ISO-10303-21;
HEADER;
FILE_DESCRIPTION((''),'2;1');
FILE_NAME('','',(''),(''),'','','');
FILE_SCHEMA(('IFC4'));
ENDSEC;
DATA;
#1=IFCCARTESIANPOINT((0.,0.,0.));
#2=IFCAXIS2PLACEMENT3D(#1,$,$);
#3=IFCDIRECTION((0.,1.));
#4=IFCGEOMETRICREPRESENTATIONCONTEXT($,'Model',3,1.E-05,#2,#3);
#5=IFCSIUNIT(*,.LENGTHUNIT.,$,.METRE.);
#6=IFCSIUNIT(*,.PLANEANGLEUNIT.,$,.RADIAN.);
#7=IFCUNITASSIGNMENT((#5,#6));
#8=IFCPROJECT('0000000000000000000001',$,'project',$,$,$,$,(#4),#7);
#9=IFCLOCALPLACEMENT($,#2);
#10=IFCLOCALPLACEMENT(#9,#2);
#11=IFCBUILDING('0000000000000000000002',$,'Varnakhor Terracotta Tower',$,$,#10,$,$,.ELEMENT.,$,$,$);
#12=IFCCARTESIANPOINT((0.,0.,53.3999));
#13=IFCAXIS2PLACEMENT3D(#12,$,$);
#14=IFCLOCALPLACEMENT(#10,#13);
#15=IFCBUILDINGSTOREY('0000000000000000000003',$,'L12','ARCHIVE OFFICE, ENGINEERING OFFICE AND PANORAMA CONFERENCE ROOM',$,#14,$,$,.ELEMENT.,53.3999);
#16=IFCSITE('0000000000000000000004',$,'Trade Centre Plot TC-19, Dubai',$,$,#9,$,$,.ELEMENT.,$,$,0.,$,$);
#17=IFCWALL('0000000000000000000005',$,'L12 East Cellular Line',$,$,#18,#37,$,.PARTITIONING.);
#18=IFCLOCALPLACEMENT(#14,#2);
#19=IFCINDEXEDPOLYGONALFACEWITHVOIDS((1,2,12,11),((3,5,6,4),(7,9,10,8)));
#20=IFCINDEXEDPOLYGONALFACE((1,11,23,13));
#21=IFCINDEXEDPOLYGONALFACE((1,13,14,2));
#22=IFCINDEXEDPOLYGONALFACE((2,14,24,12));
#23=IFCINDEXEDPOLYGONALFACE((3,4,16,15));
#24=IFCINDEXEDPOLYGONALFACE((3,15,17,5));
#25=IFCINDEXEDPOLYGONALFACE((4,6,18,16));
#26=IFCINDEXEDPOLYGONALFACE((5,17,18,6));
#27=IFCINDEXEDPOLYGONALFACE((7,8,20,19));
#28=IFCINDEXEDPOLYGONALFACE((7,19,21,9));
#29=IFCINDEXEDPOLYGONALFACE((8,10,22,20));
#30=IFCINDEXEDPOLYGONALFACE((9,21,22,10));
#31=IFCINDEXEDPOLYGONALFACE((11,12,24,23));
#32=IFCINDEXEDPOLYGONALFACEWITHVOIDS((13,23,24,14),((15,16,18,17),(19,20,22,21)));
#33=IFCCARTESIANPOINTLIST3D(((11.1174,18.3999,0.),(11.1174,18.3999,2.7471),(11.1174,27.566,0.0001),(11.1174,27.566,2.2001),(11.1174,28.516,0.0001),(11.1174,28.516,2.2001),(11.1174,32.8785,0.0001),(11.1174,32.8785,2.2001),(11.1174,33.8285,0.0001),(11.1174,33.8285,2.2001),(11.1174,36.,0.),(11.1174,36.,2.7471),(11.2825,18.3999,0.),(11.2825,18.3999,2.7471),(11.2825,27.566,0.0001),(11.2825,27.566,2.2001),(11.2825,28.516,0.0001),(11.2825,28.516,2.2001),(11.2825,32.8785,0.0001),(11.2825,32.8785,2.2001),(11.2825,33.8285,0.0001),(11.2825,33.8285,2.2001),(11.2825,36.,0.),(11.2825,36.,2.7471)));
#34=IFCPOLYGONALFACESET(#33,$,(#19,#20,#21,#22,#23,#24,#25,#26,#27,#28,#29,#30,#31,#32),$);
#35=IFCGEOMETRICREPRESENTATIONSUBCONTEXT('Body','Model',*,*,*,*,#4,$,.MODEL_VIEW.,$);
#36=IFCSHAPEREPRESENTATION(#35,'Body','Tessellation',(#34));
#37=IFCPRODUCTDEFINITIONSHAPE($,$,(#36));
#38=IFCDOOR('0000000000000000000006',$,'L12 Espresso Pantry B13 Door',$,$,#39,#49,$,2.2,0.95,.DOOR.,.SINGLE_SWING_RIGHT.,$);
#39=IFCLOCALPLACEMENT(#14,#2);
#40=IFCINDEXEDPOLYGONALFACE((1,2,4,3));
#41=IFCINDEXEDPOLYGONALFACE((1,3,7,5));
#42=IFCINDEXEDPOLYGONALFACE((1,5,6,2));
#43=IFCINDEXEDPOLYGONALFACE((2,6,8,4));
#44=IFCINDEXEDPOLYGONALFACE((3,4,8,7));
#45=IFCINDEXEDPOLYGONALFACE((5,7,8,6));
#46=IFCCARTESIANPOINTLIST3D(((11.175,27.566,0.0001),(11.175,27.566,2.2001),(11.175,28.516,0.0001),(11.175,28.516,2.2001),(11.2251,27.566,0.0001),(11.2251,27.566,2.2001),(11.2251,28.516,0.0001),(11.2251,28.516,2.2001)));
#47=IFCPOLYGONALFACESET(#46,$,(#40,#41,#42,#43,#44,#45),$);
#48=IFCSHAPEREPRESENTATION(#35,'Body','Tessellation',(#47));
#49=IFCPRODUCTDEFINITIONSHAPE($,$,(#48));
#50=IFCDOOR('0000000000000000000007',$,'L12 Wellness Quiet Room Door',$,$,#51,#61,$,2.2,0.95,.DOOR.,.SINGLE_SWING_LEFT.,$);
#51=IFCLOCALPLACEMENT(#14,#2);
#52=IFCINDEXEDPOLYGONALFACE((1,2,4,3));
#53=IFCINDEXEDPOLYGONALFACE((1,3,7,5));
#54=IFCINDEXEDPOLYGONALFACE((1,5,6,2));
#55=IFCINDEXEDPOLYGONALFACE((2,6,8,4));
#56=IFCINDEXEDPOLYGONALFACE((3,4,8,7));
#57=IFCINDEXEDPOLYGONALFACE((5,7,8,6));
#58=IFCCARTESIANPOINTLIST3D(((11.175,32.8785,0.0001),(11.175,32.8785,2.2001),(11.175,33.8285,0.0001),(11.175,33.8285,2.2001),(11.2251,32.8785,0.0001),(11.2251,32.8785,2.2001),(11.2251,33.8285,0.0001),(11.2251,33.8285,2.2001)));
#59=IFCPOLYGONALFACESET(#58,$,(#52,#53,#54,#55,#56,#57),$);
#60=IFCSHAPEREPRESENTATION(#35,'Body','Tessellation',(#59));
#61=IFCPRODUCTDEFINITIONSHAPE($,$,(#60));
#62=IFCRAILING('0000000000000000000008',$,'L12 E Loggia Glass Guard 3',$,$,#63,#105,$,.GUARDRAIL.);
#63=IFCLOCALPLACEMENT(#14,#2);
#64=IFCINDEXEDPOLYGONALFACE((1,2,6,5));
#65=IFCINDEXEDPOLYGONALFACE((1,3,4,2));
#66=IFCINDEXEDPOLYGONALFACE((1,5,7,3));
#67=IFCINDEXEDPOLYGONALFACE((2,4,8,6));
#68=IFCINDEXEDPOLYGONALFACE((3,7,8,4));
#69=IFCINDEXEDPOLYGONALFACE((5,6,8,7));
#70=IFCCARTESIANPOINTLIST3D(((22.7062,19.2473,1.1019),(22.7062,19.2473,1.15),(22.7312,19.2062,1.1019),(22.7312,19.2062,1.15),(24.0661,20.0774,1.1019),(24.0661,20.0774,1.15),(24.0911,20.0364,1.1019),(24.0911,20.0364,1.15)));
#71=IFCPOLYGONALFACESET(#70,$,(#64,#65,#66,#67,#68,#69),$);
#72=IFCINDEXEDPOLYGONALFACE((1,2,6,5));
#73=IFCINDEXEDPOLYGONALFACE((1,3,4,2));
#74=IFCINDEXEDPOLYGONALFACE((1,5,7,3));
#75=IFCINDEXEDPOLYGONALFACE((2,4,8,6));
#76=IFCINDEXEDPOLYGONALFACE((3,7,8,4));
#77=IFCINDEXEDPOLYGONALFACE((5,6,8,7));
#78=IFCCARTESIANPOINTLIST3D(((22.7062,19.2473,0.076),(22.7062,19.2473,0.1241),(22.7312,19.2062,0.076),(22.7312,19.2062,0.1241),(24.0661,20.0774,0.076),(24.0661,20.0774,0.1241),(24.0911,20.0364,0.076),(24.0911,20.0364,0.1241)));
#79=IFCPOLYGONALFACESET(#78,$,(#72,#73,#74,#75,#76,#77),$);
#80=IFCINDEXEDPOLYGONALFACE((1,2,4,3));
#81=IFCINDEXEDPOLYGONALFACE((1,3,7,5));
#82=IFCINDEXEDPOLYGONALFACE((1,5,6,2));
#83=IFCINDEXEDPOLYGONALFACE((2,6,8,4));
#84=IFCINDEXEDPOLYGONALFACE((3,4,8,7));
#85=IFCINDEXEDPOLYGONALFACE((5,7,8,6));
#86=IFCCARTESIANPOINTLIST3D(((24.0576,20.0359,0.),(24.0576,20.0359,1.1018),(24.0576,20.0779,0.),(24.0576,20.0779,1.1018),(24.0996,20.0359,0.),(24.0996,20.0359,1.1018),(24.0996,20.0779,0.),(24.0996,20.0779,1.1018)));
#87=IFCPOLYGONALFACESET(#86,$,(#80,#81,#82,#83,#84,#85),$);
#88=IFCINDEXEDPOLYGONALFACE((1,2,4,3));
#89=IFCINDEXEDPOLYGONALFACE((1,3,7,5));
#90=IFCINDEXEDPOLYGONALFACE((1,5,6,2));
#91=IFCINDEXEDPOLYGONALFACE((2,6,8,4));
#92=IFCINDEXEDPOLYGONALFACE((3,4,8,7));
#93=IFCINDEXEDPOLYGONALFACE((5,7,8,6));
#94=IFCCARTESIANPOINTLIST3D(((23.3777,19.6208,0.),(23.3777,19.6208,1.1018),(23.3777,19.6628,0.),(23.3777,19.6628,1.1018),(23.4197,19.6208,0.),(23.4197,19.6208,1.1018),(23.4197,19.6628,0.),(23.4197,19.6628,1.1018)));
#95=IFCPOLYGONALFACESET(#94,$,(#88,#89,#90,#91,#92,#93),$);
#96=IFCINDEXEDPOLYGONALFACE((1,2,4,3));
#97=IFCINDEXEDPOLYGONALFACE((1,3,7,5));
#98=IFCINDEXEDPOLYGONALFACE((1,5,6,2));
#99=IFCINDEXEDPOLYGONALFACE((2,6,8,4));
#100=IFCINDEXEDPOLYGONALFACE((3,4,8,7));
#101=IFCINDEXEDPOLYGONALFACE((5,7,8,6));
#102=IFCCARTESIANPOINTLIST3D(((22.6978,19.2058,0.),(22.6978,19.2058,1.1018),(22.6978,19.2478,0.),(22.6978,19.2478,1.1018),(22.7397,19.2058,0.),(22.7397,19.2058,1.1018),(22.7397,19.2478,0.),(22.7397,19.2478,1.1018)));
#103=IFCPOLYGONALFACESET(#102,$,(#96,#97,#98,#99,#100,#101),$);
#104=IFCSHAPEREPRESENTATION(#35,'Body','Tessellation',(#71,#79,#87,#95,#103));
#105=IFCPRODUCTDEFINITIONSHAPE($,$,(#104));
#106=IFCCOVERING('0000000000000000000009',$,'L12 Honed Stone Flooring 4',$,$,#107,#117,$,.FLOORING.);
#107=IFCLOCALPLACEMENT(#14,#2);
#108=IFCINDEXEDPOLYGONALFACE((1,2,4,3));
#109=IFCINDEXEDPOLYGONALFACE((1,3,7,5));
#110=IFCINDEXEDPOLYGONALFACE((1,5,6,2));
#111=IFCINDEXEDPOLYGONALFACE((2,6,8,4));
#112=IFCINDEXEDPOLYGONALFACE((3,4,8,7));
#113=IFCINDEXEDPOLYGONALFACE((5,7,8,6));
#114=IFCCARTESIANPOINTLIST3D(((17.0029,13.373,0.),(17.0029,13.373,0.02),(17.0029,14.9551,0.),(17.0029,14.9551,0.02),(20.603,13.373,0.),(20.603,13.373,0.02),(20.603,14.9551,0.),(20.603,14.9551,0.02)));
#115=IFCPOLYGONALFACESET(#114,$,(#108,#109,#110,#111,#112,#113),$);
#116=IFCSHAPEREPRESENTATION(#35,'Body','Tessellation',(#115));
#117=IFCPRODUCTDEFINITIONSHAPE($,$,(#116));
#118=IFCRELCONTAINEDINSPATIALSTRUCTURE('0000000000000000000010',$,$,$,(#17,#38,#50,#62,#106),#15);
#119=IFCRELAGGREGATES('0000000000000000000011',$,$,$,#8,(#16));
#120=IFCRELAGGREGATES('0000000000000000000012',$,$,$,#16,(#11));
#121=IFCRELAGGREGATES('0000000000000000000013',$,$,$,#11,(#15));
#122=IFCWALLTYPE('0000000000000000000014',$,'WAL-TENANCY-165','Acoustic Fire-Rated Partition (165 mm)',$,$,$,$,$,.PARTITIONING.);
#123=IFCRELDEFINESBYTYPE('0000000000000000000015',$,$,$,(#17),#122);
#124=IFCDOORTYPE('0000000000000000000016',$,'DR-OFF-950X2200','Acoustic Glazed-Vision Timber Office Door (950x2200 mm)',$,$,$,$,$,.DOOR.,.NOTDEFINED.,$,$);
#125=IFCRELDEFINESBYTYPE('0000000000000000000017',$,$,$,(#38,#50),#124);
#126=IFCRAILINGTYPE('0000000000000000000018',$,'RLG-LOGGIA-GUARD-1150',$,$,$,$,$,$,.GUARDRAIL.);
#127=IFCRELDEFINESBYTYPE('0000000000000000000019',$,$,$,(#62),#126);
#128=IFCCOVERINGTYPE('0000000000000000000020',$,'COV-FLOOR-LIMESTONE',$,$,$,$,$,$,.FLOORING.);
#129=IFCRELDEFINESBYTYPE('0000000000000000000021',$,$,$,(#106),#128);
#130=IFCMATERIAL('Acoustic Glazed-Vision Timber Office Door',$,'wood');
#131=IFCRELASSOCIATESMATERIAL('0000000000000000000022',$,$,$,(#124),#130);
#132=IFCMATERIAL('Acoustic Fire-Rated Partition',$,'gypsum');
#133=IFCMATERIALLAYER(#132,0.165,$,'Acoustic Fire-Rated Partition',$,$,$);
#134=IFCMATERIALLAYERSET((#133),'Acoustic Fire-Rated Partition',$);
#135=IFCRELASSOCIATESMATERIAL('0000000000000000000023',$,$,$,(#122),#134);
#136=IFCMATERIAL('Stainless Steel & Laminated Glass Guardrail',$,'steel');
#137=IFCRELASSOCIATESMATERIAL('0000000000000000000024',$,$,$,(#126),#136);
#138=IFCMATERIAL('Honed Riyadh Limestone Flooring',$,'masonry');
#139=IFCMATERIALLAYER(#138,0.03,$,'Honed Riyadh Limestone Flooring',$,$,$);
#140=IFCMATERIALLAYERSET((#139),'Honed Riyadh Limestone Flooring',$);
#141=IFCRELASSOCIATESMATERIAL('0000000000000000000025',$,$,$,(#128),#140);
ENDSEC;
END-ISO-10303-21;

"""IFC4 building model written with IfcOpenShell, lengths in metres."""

from ifc_helpers import new_model, si_unit, direction, frame, frame_2d, origin, origin_2d, place, context, subcontext, project, spatial, rectangle, extrude, source, transform, mapped, material, layer, layer_set, type_object, type_shapes, element, fill, save


model = new_model("IFC4")

# Units and contexts
model_context = context("Model", 3, precision=1e-05, world=origin(), true_north=direction((0.0, 1.0)))
body_context = subcontext(model_context, "Body", "Model", "MODEL_VIEW")
ifc_project = project(units=[si_unit("LENGTHUNIT", "METRE"), si_unit("PLANEANGLEUNIT", "RADIAN")], contexts=[model_context])

# Site, building, storey
site_placement = place(None, origin())
site = spatial("IfcSite", under=ifc_project, at=site_placement, Name="Trade Centre Plot TC-19, Dubai", CompositionType="ELEMENT", RefElevation=0.0)
building_placement = place(site_placement, origin())
building = spatial("IfcBuilding", under=site, at=building_placement, Name="Varnakhor Terracotta Tower", CompositionType="ELEMENT")
storey_placement = place(building_placement, frame((0.0, 0.0, 53.3999)))
storey = spatial("IfcBuildingStorey", under=building, at=storey_placement, Name="L12", Description="ARCHIVE OFFICE, ENGINEERING OFFICE AND PANORAMA CONFERENCE ROOM", CompositionType="ELEMENT", Elevation=53.3999)

# Shared definitions
ifc_material_1 = material(Name="Acoustic Glazed-Vision Timber Office Door", Category="wood")
door_type = type_object("IfcDoorType", Name="DR-OFF-950X2200", Description="Acoustic Glazed-Vision Timber Office Door (950x2200 mm)", OperationType="NOTDEFINED", PredefinedType="DOOR", material=ifc_material_1)
shared_shape_1 = source(origin(), body_context, "Body", "SweptSolid", [
    extrude(rectangle(XDim=0.95, YDim=2.2, at=frame_2d((0.4751, 1.1001))), frame((0.0, 0.0249, 0.0), z_axis=(0.0, -1.0, 0.0), x_axis=(1.0, 0.0, 0.0)), (0.0, 0.0, 1.0), 0.05),
])
type_shapes(door_type, [shared_shape_1])

# Wall, openings, doors
ifc_material_2 = material(Name="Acoustic Fire-Rated Partition", Category="gypsum")
ifc_layer_1 = layer(ifc_material_2, 0.165, Name="Acoustic Fire-Rated Partition")
ifc_layer_set_1 = layer_set([ifc_layer_1], Name="Acoustic Fire-Rated Partition")
wall_type_1 = type_object("IfcWallType", Name="WAL-TENANCY-165", Description="Acoustic Fire-Rated Partition (165 mm)", PredefinedType="PARTITIONING", material=ifc_layer_set_1)
wall_1_placement = place(storey_placement, frame((11.2, 18.3999, 0.0), z_axis=(0.0, 0.0, 1.0), x_axis=(0.0, 1.0, 0.0)))
wall_1 = element("IfcWall", 1, at=wall_1_placement, inside=storey, type_object=wall_type_1, Name="L12 East Cellular Line", PredefinedType="PARTITIONING", context=body_context, shape_type="SweptSolid", body=[
    extrude(rectangle(XDim=17.6001, YDim=0.165, at=frame_2d((8.8, 0.0))), origin(), (0.0, 0.0, 1.0), 2.7471),
])
opening_1_placement = place(wall_1_placement, frame((9.166, 0.0, 0.0)))
opening_1 = element("IfcOpeningElement", 2, at=opening_1_placement, cuts=wall_1, PredefinedType="OPENING", context=body_context, shape_type="SweptSolid", body=[
    extrude(rectangle(XDim=0.95, YDim=2.2, at=frame_2d((0.4751, 1.1001))), frame((0.0, 0.0925, 0.0), z_axis=(0.0, -1.0, 0.0), x_axis=(1.0, 0.0, 0.0)), (0.0, 0.0, 1.0), 0.1851),
])
opening_2_placement = place(wall_1_placement, frame((14.4785, 0.0, 0.0)))
opening_2 = element("IfcOpeningElement", 3, at=opening_2_placement, cuts=wall_1, PredefinedType="OPENING", context=body_context, shape_type="SweptSolid", body=[
    extrude(rectangle(XDim=0.95, YDim=2.2, at=frame_2d((0.4751, 1.1001))), frame((0.0, 0.0925, 0.0), z_axis=(0.0, -1.0, 0.0), x_axis=(1.0, 0.0, 0.0)), (0.0, 0.0, 1.0), 0.1851),
])
door_1_placement = place(opening_1_placement, origin())
door_1 = element("IfcDoor", 4, at=door_1_placement, inside=storey, type_object=door_type, Name="L12 Espresso Pantry B13 Door", OperationType="SINGLE_SWING_RIGHT", OverallHeight=2.2, OverallWidth=0.95, PredefinedType="DOOR", context=body_context, shape_type="MappedRepresentation", body=[
    mapped(shared_shape_1, transform((0.0, 0.0, 0.0), scale=1.0)),
])
fill(opening_1, door_1)
door_2_placement = place(opening_2_placement, origin())
door_2 = element("IfcDoor", 5, at=door_2_placement, inside=storey, type_object=door_type, Name="L12 Wellness Quiet Room Door", OperationType="SINGLE_SWING_LEFT", OverallHeight=2.2, OverallWidth=0.95, PredefinedType="DOOR", context=body_context, shape_type="MappedRepresentation", body=[
    mapped(shared_shape_1, transform((0.0, 0.0, 0.0), scale=1.0)),
])
fill(opening_2, door_2)

# Railing
ifc_material_3 = material(Name="Stainless Steel & Laminated Glass Guardrail", Category="steel")
railing_type = type_object("IfcRailingType", Name="RLG-LOGGIA-GUARD-1150", PredefinedType="GUARDRAIL", material=ifc_material_3)
railing_placement = place(storey_placement, frame((24.0786, 20.0569, 0.0)))
element("IfcRailing", 6, at=railing_placement, inside=storey, type_object=railing_type, Name="L12 E Loggia Glass Guard 3", PredefinedType="GUARDRAIL", context=body_context, shape_type="SweptSolid", body=[
    extrude(rectangle(XDim=0.0481, YDim=0.0481, at=origin_2d()), frame((0.0, 0.0, 1.126), z_axis=(-0.853547, -0.521016, 0.0), x_axis=(0.521016, -0.853547, 0.0)), (0.0, 0.0, 1.0), 1.5933),
    extrude(rectangle(XDim=0.0481, YDim=0.0481, at=origin_2d()), frame((0.0, 0.0, 0.1001), z_axis=(-0.853547, -0.521016, 0.0), x_axis=(0.521016, -0.853547, 0.0)), (0.0, 0.0, 1.0), 1.5933),
    extrude(rectangle(XDim=0.042, YDim=0.042, at=origin_2d()), origin(), (0.0, 0.0, 1.0), 1.1018),
    extrude(rectangle(XDim=0.042, YDim=0.042, at=origin_2d()), frame((-0.6799, -0.415, 0.0)), (0.0, 0.0, 1.0), 1.1018),
    extrude(rectangle(XDim=0.042, YDim=0.042, at=origin_2d()), frame((-1.3599, -0.8301, 0.0)), (0.0, 0.0, 1.0), 1.1018),
])

# Covering
ifc_material_4 = material(Name="Honed Riyadh Limestone Flooring", Category="masonry")
ifc_layer_2 = layer(ifc_material_4, 0.03, Name="Honed Riyadh Limestone Flooring")
ifc_layer_set_2 = layer_set([ifc_layer_2], Name="Honed Riyadh Limestone Flooring")
covering_type = type_object("IfcCoveringType", Name="COV-FLOOR-LIMESTONE", PredefinedType="FLOORING", material=ifc_layer_set_2)
shared_shape_2 = source(origin(), body_context, "Body", "SweptSolid", [
    extrude(rectangle(XDim=3.6001, YDim=1.582, at=origin_2d()), origin(), (0.0, 0.0, 1.0), 0.02),
])
covering_placement = place(storey_placement, frame((18.803, 14.1641, 0.0), z_axis=(0.0, 0.0, 1.0), x_axis=(1.0, 0.0, 0.0)))
element("IfcCovering", 7, at=covering_placement, inside=storey, type_object=covering_type, Name="L12 Honed Stone Flooring 4", PredefinedType="FLOORING", context=body_context, shape_type="MappedRepresentation", body=[
    mapped(shared_shape_2, transform((0.0, 0.0, 0.0), scale=1.0)),
])

save(model, "model.ifc")
